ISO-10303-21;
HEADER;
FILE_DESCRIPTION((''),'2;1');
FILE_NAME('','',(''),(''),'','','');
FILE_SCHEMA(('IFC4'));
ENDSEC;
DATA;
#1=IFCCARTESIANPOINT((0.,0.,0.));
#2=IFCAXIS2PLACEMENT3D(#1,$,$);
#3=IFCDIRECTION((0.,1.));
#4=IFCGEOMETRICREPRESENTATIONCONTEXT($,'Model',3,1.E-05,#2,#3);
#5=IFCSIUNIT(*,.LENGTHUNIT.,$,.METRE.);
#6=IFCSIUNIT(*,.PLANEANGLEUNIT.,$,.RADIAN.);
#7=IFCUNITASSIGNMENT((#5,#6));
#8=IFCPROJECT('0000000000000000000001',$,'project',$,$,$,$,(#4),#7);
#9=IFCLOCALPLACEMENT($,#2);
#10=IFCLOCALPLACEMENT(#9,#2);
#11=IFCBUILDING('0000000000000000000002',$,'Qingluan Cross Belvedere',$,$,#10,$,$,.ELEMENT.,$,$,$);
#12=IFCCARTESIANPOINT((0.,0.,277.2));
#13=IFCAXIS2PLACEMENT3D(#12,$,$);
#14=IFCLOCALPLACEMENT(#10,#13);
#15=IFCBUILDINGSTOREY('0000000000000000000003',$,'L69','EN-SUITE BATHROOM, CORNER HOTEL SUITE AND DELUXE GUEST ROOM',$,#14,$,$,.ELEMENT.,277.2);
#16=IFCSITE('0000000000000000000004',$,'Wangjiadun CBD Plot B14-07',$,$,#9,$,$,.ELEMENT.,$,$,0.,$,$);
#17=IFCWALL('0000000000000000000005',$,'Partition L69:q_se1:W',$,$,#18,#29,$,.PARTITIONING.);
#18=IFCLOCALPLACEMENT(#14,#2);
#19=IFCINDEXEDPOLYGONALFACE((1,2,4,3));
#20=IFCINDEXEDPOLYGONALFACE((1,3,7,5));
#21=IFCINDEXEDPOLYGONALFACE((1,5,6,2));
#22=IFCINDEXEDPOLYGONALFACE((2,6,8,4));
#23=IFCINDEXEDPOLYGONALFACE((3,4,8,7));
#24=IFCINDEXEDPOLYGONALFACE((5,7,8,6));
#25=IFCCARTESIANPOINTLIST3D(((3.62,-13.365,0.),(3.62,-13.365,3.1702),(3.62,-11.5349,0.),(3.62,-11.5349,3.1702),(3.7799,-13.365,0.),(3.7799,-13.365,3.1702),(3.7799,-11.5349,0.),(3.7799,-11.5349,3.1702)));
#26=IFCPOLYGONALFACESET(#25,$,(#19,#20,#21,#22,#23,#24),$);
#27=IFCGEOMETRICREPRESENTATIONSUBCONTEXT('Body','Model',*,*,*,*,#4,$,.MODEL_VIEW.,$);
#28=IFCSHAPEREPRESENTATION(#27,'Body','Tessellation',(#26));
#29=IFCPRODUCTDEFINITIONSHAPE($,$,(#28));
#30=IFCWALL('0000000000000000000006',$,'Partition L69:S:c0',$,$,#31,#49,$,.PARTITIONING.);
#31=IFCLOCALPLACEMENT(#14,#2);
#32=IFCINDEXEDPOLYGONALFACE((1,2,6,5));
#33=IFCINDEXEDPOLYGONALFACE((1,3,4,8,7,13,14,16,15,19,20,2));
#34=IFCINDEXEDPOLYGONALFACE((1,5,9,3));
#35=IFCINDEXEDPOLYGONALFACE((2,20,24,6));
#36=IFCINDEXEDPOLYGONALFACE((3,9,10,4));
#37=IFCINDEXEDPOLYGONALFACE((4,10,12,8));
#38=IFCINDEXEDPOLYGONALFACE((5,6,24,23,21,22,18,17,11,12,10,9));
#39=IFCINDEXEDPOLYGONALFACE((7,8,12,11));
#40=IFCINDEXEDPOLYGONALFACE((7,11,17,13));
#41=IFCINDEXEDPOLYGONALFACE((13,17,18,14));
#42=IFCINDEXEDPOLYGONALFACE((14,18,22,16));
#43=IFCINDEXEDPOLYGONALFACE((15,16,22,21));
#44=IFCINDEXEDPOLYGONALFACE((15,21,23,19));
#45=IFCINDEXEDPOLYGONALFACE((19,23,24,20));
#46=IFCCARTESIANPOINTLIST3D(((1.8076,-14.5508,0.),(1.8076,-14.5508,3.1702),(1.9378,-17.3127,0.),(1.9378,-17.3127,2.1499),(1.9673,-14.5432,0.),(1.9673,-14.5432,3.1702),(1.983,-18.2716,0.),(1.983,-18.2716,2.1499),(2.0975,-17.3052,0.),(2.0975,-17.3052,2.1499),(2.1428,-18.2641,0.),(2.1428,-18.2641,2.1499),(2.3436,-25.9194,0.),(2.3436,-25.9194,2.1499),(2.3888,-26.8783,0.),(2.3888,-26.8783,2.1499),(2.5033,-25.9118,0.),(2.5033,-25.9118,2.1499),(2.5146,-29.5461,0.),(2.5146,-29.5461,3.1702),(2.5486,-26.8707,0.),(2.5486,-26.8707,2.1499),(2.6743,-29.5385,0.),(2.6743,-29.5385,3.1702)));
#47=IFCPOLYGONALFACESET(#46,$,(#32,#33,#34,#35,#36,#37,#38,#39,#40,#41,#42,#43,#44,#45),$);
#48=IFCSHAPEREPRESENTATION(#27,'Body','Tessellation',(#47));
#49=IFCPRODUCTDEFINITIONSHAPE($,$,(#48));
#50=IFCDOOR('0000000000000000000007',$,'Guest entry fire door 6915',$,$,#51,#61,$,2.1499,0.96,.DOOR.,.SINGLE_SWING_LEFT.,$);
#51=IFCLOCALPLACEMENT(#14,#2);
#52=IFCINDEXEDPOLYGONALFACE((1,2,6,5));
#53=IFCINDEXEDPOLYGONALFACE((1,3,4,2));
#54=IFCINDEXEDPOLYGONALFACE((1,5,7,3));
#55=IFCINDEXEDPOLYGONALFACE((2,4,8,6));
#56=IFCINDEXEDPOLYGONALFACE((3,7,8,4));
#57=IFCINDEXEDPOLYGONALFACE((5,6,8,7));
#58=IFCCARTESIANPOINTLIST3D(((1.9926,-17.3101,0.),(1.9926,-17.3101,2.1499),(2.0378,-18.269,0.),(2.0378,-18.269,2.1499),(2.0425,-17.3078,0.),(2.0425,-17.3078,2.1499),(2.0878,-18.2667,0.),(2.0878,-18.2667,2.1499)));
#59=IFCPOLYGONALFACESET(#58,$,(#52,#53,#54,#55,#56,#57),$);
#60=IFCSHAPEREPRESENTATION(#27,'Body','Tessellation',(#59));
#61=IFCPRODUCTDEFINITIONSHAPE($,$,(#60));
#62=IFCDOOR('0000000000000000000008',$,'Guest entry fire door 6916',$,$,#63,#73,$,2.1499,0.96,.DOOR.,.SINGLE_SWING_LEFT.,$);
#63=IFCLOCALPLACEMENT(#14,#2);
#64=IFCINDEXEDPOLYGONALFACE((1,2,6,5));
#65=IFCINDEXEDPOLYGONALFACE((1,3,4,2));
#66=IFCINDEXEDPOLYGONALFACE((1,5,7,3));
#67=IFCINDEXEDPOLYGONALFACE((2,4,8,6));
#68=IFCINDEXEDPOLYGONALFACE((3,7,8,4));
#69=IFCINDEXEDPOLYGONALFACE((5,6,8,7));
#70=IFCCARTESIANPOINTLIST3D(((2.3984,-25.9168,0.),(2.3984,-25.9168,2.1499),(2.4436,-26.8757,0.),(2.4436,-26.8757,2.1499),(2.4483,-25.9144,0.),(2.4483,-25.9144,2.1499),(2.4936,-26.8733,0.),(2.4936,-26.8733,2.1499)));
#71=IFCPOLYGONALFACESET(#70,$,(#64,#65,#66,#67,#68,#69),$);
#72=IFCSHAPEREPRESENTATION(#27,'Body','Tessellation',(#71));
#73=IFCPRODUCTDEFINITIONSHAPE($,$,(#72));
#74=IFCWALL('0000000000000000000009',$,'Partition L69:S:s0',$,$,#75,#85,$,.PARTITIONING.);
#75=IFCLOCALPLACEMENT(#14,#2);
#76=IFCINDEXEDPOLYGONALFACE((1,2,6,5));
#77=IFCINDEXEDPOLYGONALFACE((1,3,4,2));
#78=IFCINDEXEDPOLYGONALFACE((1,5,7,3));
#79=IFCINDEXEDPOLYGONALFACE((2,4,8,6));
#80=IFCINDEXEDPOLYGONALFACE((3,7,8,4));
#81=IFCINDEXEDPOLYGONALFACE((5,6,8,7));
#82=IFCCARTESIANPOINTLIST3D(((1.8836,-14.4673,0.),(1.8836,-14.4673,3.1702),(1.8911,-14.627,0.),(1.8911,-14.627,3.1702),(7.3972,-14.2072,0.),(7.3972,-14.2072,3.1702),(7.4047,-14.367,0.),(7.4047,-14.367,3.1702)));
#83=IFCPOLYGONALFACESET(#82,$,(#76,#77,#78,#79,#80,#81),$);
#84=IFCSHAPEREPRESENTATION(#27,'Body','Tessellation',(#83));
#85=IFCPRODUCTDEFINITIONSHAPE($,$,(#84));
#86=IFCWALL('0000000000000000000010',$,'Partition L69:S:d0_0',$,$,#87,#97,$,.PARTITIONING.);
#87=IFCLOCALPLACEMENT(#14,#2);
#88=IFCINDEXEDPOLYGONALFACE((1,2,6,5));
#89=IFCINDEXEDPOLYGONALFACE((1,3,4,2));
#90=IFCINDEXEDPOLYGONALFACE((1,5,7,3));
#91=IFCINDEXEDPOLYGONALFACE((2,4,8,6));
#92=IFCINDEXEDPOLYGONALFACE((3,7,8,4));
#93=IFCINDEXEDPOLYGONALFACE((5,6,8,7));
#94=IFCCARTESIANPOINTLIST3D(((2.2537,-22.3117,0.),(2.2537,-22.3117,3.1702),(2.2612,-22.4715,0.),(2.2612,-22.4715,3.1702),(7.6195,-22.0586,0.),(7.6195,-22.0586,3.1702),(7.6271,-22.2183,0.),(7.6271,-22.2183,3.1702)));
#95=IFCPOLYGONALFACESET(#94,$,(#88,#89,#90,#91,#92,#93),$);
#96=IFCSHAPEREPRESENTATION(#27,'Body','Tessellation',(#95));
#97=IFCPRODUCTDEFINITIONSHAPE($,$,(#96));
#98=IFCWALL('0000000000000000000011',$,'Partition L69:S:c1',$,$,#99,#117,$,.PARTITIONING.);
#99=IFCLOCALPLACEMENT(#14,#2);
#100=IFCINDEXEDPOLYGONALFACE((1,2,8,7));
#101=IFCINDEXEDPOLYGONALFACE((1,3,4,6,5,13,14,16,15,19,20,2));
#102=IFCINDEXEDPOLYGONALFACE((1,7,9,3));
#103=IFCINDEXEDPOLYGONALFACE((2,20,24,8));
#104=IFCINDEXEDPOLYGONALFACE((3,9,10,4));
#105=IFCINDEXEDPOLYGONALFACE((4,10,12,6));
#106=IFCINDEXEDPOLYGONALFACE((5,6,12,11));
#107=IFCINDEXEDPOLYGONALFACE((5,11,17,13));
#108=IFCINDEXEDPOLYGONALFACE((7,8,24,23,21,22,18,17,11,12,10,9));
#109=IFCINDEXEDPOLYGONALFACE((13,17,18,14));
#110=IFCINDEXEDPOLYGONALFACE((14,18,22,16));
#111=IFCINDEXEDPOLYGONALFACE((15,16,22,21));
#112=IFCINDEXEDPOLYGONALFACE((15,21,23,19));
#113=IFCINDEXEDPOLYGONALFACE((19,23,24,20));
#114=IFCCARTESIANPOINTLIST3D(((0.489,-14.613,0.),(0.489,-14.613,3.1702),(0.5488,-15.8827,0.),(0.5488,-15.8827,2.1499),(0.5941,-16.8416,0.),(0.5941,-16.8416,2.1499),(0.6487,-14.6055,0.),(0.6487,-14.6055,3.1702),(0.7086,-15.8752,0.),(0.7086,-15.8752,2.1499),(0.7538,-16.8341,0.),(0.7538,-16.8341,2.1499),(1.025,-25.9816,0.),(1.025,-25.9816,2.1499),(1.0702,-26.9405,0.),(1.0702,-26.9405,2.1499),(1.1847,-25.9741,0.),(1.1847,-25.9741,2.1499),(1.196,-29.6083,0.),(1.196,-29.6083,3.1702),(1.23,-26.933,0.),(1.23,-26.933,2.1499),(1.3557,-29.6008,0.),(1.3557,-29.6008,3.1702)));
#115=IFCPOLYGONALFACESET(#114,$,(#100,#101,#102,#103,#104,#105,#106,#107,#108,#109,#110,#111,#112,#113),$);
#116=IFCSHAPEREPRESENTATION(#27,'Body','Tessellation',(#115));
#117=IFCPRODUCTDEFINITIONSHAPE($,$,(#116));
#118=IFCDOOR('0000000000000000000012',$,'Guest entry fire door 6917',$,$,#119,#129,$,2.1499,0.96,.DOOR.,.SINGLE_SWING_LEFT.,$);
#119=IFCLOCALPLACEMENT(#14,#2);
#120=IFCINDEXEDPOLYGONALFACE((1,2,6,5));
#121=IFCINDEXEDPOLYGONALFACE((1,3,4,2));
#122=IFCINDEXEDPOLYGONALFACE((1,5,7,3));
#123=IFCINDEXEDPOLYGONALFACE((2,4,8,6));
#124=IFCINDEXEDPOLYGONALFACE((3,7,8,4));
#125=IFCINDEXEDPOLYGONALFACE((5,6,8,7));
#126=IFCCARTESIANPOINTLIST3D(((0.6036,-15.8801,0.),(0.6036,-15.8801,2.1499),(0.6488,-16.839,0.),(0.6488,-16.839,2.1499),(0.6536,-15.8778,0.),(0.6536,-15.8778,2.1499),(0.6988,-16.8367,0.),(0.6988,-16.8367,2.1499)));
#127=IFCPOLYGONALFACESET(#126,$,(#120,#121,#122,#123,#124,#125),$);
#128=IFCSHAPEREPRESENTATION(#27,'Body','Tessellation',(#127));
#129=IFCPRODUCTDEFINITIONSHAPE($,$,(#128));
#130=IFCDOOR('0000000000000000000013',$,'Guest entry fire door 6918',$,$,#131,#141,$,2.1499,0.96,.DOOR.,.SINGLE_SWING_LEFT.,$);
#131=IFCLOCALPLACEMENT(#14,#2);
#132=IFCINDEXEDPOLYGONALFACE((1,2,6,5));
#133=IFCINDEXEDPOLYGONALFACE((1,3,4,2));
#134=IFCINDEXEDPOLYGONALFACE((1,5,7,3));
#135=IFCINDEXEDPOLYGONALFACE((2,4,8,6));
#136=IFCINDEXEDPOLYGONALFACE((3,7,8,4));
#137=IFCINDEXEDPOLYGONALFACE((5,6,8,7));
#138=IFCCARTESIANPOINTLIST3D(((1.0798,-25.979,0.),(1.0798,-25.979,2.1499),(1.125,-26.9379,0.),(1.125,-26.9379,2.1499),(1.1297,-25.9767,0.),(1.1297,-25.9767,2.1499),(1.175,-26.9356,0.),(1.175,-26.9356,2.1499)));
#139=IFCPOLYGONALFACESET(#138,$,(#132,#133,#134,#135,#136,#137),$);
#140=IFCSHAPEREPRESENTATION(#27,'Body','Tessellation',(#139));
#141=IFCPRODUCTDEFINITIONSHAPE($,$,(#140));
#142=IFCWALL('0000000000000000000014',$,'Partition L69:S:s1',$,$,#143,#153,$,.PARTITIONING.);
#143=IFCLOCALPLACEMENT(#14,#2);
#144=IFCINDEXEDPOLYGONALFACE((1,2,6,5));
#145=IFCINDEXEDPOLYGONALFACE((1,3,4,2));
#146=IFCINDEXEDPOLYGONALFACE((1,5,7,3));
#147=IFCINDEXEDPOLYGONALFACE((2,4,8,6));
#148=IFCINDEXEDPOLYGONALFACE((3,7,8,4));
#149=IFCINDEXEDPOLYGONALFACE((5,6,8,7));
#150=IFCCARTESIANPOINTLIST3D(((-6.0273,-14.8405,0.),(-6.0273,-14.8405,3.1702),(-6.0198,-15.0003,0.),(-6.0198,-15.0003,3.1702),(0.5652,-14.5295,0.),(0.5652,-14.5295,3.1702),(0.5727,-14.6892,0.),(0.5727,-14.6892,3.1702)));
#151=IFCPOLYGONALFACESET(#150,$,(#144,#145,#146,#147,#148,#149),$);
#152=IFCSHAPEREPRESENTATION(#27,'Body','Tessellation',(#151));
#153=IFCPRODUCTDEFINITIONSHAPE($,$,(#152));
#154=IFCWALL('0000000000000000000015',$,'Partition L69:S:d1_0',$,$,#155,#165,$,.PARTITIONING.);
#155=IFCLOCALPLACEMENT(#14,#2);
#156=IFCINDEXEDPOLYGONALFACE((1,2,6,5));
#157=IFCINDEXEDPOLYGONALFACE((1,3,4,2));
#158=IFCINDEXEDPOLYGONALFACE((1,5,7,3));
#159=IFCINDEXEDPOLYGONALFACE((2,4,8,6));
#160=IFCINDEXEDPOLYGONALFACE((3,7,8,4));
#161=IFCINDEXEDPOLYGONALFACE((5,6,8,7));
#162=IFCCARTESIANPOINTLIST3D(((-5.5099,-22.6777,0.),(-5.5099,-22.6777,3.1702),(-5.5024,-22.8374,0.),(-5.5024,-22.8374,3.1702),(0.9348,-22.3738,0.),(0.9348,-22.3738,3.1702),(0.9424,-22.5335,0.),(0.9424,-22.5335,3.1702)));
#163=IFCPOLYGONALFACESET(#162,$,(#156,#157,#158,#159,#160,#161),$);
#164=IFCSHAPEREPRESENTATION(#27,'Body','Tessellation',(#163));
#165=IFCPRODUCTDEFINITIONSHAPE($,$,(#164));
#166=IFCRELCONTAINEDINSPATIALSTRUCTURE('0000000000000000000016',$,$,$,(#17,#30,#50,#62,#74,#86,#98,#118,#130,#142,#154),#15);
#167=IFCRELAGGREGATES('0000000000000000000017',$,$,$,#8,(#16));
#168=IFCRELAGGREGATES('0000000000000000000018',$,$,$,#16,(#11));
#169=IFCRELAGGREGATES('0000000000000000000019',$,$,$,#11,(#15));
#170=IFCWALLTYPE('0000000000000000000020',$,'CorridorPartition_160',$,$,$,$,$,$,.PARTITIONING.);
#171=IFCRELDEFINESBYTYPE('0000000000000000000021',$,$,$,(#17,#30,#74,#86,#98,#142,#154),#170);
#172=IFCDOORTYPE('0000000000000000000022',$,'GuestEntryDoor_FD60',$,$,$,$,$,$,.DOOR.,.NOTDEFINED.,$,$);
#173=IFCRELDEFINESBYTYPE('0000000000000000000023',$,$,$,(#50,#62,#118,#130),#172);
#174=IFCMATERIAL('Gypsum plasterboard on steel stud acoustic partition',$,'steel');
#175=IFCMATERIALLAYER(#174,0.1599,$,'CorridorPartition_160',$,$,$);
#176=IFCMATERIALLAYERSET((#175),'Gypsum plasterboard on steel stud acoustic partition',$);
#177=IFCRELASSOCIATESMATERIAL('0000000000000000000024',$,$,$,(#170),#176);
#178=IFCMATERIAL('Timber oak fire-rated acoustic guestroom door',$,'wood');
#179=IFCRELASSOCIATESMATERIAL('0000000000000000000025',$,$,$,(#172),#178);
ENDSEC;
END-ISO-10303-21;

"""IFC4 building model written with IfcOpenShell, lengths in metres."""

from ifc_helpers import new_model, si_unit, direction, frame, frame_2d, origin, place, context, subcontext, project, spatial, rectangle, extrude, material, layer, layer_set, type_object, element, fill, save


model = new_model("IFC4")

# Units and contexts
model_context = context("Model", 3, precision=1e-05, world=origin(), true_north=direction((0.0, 1.0)))
body_context = subcontext(model_context, "Body", "Model", "MODEL_VIEW")
ifc_project = project(units=[si_unit("LENGTHUNIT", "METRE"), si_unit("PLANEANGLEUNIT", "RADIAN")], contexts=[model_context])

# Site, building, storey
site_placement = place(None, origin())
site = spatial("IfcSite", under=ifc_project, at=site_placement, Name="Wangjiadun CBD Plot B14-07", CompositionType="ELEMENT", RefElevation=0.0)
building_placement = place(site_placement, origin())
building = spatial("IfcBuilding", under=site, at=building_placement, Name="Qingluan Cross Belvedere", CompositionType="ELEMENT")
storey_placement = place(building_placement, frame((0.0, 0.0, 277.2)))
storey = spatial("IfcBuildingStorey", under=building, at=storey_placement, Name="L69", Description="EN-SUITE BATHROOM, CORNER HOTEL SUITE AND DELUXE GUEST ROOM", CompositionType="ELEMENT", Elevation=277.2)

# Wall
ifc_material_1 = material(Name="Gypsum plasterboard on steel stud acoustic partition", Category="steel")
ifc_layer_1 = layer(ifc_material_1, 0.1599, Name="CorridorPartition_160")
ifc_layer_set_1 = layer_set([ifc_layer_1], Name="Gypsum plasterboard on steel stud acoustic partition")
wall_type_1 = type_object("IfcWallType", Name="CorridorPartition_160", PredefinedType="PARTITIONING", material=ifc_layer_set_1)
wall_1_placement = place(storey_placement, frame((3.7, -13.365, 0.0), z_axis=(0.0, 0.0, 1.0), x_axis=(0.0, 1.0, 0.0)))
element("IfcWall", 1, at=wall_1_placement, inside=storey, type_object=wall_type_1, Name="Partition L69:q_se1:W", PredefinedType="PARTITIONING", context=body_context, shape_type="SweptSolid", body=[
    extrude(rectangle(XDim=1.8301, YDim=0.1599, at=frame_2d((0.915, 0.0))), origin(), (0.0, 0.0, 1.0), 3.1702),
])

# Wall, openings, doors
wall_2_placement = place(storey_placement, frame((1.8875, -14.5471, 0.0), z_axis=(0.0, 0.0, 1.0), x_axis=(0.047098, -0.99889, 0.0)))
wall_2 = element("IfcWall", 2, at=wall_2_placement, inside=storey, type_object=wall_type_1, Name="Partition L69:S:c0", PredefinedType="PARTITIONING", context=body_context, shape_type="SweptSolid", body=[
    extrude(rectangle(XDim=15.012, YDim=0.1599, at=frame_2d((7.5059, 0.0))), origin(), (0.0, 0.0, 1.0), 3.1702),
])
opening_1_placement = place(wall_2_placement, frame((2.7649, 0.0, 0.0)))
opening_1 = element("IfcOpeningElement", 3, at=opening_1_placement, cuts=wall_2, PredefinedType="OPENING", context=body_context, shape_type="SweptSolid", body=[
    extrude(rectangle(XDim=0.96, YDim=2.1499, at=frame_2d((0.48, 1.075))), frame((0.0, 0.0898, 0.0), z_axis=(0.0, -1.0, 0.0), x_axis=(1.0, 0.0, 0.0)), (0.0, 0.0, 1.0), 0.1799),
])
opening_2_placement = place(wall_2_placement, frame((11.3811, 0.0, 0.0)))
opening_2 = element("IfcOpeningElement", 4, at=opening_2_placement, cuts=wall_2, PredefinedType="OPENING", context=body_context, shape_type="SweptSolid", body=[
    extrude(rectangle(XDim=0.96, YDim=2.1499, at=frame_2d((0.48, 1.075))), frame((0.0, 0.0898, 0.0), z_axis=(0.0, -1.0, 0.0), x_axis=(1.0, 0.0, 0.0)), (0.0, 0.0, 1.0), 0.1799),
])
ifc_material_2 = material(Name="Timber oak fire-rated acoustic guestroom door", Category="wood")
door_type_1 = type_object("IfcDoorType", Name="GuestEntryDoor_FD60", OperationType="NOTDEFINED", PredefinedType="DOOR", material=ifc_material_2)
door_1_placement = place(opening_1_placement, origin())
door_1 = element("IfcDoor", 5, at=door_1_placement, inside=storey, type_object=door_type_1, Name="Guest entry fire door 6915", OperationType="SINGLE_SWING_LEFT", OverallHeight=2.1499, OverallWidth=0.96, PredefinedType="DOOR", context=body_context, shape_type="SweptSolid", body=[
    extrude(rectangle(XDim=0.96, YDim=2.1499, at=frame_2d((0.48, 1.075))), frame((0.0, 0.0249, 0.0), z_axis=(0.0, -1.0, 0.0), x_axis=(1.0, 0.0, 0.0)), (0.0, 0.0, 1.0), 0.05),
])
fill(opening_1, door_1)
door_2_placement = place(opening_2_placement, origin())
door_2 = element("IfcDoor", 6, at=door_2_placement, inside=storey, type_object=door_type_1, Name="Guest entry fire door 6916", OperationType="SINGLE_SWING_LEFT", OverallHeight=2.1499, OverallWidth=0.96, PredefinedType="DOOR", context=body_context, shape_type="SweptSolid", body=[
    extrude(rectangle(XDim=0.96, YDim=2.1499, at=frame_2d((0.48, 1.075))), frame((0.0, 0.0249, 0.0), z_axis=(0.0, -1.0, 0.0), x_axis=(1.0, 0.0, 0.0)), (0.0, 0.0, 1.0), 0.05),
])
fill(opening_2, door_2)

# Walls
wall_3_placement = place(storey_placement, frame((1.8875, -14.5471, 0.0), z_axis=(0.0, 0.0, 1.0), x_axis=(0.99889, 0.047105, 0.0)))
element("IfcWall", 7, at=wall_3_placement, inside=storey, type_object=wall_type_1, Name="Partition L69:S:s0", PredefinedType="PARTITIONING", context=body_context, shape_type="SweptSolid", body=[
    extrude(rectangle(XDim=5.5198, YDim=0.1599, at=frame_2d((2.7598, 0.0))), origin(), (0.0, 0.0, 1.0), 3.1702),
])
wall_4_placement = place(storey_placement, frame((2.2573, -22.3916, 0.0), z_axis=(0.0, 0.0, 1.0), x_axis=(0.998889, 0.047129, 0.0)))
element("IfcWall", 8, at=wall_4_placement, inside=storey, type_object=wall_type_1, Name="Partition L69:S:d0_0", PredefinedType="PARTITIONING", context=body_context, shape_type="SweptSolid", body=[
    extrude(rectangle(XDim=5.3718, YDim=0.1599, at=frame_2d((2.686, 0.0))), origin(), (0.0, 0.0, 1.0), 3.1702),
])

# Wall, openings, doors
wall_5_placement = place(storey_placement, frame((0.5688, -14.6094, 0.0), z_axis=(0.0, 0.0, 1.0), x_axis=(0.047098, -0.99889, 0.0)))
wall_5 = element("IfcWall", 9, at=wall_5_placement, inside=storey, type_object=wall_type_1, Name="Partition L69:S:c1", PredefinedType="PARTITIONING", context=body_context, shape_type="SweptSolid", body=[
    extrude(rectangle(XDim=15.012, YDim=0.1599, at=frame_2d((7.5059, 0.0))), origin(), (0.0, 0.0, 1.0), 3.1702),
])
opening_3_placement = place(wall_5_placement, frame((1.271, 0.0, 0.0)))
opening_3 = element("IfcOpeningElement", 10, at=opening_3_placement, cuts=wall_5, PredefinedType="OPENING", context=body_context, shape_type="SweptSolid", body=[
    extrude(rectangle(XDim=0.96, YDim=2.1499, at=frame_2d((0.48, 1.075))), frame((0.0, 0.0898, 0.0), z_axis=(0.0, -1.0, 0.0), x_axis=(1.0, 0.0, 0.0)), (0.0, 0.0, 1.0), 0.1799),
])
opening_4_placement = place(wall_5_placement, frame((11.3811, 0.0, 0.0)))
opening_4 = element("IfcOpeningElement", 11, at=opening_4_placement, cuts=wall_5, PredefinedType="OPENING", context=body_context, shape_type="SweptSolid", body=[
    extrude(rectangle(XDim=0.96, YDim=2.1499, at=frame_2d((0.48, 1.075))), frame((0.0, 0.0898, 0.0), z_axis=(0.0, -1.0, 0.0), x_axis=(1.0, 0.0, 0.0)), (0.0, 0.0, 1.0), 0.1799),
])
door_3_placement = place(opening_3_placement, origin())
door_3 = element("IfcDoor", 12, at=door_3_placement, inside=storey, type_object=door_type_1, Name="Guest entry fire door 6917", OperationType="SINGLE_SWING_LEFT", OverallHeight=2.1499, OverallWidth=0.96, PredefinedType="DOOR", context=body_context, shape_type="SweptSolid", body=[
    extrude(rectangle(XDim=0.96, YDim=2.1499, at=frame_2d((0.48, 1.075))), frame((0.0, 0.0249, 0.0), z_axis=(0.0, -1.0, 0.0), x_axis=(1.0, 0.0, 0.0)), (0.0, 0.0, 1.0), 0.05),
])
fill(opening_3, door_3)
door_4_placement = place(opening_4_placement, origin())
door_4 = element("IfcDoor", 13, at=door_4_placement, inside=storey, type_object=door_type_1, Name="Guest entry fire door 6918", OperationType="SINGLE_SWING_LEFT", OverallHeight=2.1499, OverallWidth=0.96, PredefinedType="DOOR", context=body_context, shape_type="SweptSolid", body=[
    extrude(rectangle(XDim=0.96, YDim=2.1499, at=frame_2d((0.48, 1.075))), frame((0.0, 0.0249, 0.0), z_axis=(0.0, -1.0, 0.0), x_axis=(1.0, 0.0, 0.0)), (0.0, 0.0, 1.0), 0.05),
])
fill(opening_4, door_4)

# Walls
wall_6_placement = place(storey_placement, frame((0.5688, -14.6094, 0.0), z_axis=(0.0, 0.0, 1.0), x_axis=(-0.998889, -0.047128, 0.0)))
element("IfcWall", 14, at=wall_6_placement, inside=storey, type_object=wall_type_1, Name="Partition L69:S:s1", PredefinedType="PARTITIONING", context=body_context, shape_type="SweptSolid", body=[
    extrude(rectangle(XDim=6.5999, YDim=0.1599, at=frame_2d((3.2998, 0.0))), origin(), (0.0, 0.0, 1.0), 3.1702),
])
wall_7_placement = place(storey_placement, frame((0.9387, -22.4536, 0.0), z_axis=(0.0, 0.0, 1.0), x_axis=(-0.99889, -0.04711, 0.0)))
element("IfcWall", 15, at=wall_7_placement, inside=storey, type_object=wall_type_1, Name="Partition L69:S:d1_0", PredefinedType="PARTITIONING", context=body_context, shape_type="SweptSolid", body=[
    extrude(rectangle(XDim=6.4519, YDim=0.1599, at=frame_2d((3.2261, 0.0))), origin(), (0.0, 0.0, 1.0), 3.1702),
])

save(model, "model.ifc")
